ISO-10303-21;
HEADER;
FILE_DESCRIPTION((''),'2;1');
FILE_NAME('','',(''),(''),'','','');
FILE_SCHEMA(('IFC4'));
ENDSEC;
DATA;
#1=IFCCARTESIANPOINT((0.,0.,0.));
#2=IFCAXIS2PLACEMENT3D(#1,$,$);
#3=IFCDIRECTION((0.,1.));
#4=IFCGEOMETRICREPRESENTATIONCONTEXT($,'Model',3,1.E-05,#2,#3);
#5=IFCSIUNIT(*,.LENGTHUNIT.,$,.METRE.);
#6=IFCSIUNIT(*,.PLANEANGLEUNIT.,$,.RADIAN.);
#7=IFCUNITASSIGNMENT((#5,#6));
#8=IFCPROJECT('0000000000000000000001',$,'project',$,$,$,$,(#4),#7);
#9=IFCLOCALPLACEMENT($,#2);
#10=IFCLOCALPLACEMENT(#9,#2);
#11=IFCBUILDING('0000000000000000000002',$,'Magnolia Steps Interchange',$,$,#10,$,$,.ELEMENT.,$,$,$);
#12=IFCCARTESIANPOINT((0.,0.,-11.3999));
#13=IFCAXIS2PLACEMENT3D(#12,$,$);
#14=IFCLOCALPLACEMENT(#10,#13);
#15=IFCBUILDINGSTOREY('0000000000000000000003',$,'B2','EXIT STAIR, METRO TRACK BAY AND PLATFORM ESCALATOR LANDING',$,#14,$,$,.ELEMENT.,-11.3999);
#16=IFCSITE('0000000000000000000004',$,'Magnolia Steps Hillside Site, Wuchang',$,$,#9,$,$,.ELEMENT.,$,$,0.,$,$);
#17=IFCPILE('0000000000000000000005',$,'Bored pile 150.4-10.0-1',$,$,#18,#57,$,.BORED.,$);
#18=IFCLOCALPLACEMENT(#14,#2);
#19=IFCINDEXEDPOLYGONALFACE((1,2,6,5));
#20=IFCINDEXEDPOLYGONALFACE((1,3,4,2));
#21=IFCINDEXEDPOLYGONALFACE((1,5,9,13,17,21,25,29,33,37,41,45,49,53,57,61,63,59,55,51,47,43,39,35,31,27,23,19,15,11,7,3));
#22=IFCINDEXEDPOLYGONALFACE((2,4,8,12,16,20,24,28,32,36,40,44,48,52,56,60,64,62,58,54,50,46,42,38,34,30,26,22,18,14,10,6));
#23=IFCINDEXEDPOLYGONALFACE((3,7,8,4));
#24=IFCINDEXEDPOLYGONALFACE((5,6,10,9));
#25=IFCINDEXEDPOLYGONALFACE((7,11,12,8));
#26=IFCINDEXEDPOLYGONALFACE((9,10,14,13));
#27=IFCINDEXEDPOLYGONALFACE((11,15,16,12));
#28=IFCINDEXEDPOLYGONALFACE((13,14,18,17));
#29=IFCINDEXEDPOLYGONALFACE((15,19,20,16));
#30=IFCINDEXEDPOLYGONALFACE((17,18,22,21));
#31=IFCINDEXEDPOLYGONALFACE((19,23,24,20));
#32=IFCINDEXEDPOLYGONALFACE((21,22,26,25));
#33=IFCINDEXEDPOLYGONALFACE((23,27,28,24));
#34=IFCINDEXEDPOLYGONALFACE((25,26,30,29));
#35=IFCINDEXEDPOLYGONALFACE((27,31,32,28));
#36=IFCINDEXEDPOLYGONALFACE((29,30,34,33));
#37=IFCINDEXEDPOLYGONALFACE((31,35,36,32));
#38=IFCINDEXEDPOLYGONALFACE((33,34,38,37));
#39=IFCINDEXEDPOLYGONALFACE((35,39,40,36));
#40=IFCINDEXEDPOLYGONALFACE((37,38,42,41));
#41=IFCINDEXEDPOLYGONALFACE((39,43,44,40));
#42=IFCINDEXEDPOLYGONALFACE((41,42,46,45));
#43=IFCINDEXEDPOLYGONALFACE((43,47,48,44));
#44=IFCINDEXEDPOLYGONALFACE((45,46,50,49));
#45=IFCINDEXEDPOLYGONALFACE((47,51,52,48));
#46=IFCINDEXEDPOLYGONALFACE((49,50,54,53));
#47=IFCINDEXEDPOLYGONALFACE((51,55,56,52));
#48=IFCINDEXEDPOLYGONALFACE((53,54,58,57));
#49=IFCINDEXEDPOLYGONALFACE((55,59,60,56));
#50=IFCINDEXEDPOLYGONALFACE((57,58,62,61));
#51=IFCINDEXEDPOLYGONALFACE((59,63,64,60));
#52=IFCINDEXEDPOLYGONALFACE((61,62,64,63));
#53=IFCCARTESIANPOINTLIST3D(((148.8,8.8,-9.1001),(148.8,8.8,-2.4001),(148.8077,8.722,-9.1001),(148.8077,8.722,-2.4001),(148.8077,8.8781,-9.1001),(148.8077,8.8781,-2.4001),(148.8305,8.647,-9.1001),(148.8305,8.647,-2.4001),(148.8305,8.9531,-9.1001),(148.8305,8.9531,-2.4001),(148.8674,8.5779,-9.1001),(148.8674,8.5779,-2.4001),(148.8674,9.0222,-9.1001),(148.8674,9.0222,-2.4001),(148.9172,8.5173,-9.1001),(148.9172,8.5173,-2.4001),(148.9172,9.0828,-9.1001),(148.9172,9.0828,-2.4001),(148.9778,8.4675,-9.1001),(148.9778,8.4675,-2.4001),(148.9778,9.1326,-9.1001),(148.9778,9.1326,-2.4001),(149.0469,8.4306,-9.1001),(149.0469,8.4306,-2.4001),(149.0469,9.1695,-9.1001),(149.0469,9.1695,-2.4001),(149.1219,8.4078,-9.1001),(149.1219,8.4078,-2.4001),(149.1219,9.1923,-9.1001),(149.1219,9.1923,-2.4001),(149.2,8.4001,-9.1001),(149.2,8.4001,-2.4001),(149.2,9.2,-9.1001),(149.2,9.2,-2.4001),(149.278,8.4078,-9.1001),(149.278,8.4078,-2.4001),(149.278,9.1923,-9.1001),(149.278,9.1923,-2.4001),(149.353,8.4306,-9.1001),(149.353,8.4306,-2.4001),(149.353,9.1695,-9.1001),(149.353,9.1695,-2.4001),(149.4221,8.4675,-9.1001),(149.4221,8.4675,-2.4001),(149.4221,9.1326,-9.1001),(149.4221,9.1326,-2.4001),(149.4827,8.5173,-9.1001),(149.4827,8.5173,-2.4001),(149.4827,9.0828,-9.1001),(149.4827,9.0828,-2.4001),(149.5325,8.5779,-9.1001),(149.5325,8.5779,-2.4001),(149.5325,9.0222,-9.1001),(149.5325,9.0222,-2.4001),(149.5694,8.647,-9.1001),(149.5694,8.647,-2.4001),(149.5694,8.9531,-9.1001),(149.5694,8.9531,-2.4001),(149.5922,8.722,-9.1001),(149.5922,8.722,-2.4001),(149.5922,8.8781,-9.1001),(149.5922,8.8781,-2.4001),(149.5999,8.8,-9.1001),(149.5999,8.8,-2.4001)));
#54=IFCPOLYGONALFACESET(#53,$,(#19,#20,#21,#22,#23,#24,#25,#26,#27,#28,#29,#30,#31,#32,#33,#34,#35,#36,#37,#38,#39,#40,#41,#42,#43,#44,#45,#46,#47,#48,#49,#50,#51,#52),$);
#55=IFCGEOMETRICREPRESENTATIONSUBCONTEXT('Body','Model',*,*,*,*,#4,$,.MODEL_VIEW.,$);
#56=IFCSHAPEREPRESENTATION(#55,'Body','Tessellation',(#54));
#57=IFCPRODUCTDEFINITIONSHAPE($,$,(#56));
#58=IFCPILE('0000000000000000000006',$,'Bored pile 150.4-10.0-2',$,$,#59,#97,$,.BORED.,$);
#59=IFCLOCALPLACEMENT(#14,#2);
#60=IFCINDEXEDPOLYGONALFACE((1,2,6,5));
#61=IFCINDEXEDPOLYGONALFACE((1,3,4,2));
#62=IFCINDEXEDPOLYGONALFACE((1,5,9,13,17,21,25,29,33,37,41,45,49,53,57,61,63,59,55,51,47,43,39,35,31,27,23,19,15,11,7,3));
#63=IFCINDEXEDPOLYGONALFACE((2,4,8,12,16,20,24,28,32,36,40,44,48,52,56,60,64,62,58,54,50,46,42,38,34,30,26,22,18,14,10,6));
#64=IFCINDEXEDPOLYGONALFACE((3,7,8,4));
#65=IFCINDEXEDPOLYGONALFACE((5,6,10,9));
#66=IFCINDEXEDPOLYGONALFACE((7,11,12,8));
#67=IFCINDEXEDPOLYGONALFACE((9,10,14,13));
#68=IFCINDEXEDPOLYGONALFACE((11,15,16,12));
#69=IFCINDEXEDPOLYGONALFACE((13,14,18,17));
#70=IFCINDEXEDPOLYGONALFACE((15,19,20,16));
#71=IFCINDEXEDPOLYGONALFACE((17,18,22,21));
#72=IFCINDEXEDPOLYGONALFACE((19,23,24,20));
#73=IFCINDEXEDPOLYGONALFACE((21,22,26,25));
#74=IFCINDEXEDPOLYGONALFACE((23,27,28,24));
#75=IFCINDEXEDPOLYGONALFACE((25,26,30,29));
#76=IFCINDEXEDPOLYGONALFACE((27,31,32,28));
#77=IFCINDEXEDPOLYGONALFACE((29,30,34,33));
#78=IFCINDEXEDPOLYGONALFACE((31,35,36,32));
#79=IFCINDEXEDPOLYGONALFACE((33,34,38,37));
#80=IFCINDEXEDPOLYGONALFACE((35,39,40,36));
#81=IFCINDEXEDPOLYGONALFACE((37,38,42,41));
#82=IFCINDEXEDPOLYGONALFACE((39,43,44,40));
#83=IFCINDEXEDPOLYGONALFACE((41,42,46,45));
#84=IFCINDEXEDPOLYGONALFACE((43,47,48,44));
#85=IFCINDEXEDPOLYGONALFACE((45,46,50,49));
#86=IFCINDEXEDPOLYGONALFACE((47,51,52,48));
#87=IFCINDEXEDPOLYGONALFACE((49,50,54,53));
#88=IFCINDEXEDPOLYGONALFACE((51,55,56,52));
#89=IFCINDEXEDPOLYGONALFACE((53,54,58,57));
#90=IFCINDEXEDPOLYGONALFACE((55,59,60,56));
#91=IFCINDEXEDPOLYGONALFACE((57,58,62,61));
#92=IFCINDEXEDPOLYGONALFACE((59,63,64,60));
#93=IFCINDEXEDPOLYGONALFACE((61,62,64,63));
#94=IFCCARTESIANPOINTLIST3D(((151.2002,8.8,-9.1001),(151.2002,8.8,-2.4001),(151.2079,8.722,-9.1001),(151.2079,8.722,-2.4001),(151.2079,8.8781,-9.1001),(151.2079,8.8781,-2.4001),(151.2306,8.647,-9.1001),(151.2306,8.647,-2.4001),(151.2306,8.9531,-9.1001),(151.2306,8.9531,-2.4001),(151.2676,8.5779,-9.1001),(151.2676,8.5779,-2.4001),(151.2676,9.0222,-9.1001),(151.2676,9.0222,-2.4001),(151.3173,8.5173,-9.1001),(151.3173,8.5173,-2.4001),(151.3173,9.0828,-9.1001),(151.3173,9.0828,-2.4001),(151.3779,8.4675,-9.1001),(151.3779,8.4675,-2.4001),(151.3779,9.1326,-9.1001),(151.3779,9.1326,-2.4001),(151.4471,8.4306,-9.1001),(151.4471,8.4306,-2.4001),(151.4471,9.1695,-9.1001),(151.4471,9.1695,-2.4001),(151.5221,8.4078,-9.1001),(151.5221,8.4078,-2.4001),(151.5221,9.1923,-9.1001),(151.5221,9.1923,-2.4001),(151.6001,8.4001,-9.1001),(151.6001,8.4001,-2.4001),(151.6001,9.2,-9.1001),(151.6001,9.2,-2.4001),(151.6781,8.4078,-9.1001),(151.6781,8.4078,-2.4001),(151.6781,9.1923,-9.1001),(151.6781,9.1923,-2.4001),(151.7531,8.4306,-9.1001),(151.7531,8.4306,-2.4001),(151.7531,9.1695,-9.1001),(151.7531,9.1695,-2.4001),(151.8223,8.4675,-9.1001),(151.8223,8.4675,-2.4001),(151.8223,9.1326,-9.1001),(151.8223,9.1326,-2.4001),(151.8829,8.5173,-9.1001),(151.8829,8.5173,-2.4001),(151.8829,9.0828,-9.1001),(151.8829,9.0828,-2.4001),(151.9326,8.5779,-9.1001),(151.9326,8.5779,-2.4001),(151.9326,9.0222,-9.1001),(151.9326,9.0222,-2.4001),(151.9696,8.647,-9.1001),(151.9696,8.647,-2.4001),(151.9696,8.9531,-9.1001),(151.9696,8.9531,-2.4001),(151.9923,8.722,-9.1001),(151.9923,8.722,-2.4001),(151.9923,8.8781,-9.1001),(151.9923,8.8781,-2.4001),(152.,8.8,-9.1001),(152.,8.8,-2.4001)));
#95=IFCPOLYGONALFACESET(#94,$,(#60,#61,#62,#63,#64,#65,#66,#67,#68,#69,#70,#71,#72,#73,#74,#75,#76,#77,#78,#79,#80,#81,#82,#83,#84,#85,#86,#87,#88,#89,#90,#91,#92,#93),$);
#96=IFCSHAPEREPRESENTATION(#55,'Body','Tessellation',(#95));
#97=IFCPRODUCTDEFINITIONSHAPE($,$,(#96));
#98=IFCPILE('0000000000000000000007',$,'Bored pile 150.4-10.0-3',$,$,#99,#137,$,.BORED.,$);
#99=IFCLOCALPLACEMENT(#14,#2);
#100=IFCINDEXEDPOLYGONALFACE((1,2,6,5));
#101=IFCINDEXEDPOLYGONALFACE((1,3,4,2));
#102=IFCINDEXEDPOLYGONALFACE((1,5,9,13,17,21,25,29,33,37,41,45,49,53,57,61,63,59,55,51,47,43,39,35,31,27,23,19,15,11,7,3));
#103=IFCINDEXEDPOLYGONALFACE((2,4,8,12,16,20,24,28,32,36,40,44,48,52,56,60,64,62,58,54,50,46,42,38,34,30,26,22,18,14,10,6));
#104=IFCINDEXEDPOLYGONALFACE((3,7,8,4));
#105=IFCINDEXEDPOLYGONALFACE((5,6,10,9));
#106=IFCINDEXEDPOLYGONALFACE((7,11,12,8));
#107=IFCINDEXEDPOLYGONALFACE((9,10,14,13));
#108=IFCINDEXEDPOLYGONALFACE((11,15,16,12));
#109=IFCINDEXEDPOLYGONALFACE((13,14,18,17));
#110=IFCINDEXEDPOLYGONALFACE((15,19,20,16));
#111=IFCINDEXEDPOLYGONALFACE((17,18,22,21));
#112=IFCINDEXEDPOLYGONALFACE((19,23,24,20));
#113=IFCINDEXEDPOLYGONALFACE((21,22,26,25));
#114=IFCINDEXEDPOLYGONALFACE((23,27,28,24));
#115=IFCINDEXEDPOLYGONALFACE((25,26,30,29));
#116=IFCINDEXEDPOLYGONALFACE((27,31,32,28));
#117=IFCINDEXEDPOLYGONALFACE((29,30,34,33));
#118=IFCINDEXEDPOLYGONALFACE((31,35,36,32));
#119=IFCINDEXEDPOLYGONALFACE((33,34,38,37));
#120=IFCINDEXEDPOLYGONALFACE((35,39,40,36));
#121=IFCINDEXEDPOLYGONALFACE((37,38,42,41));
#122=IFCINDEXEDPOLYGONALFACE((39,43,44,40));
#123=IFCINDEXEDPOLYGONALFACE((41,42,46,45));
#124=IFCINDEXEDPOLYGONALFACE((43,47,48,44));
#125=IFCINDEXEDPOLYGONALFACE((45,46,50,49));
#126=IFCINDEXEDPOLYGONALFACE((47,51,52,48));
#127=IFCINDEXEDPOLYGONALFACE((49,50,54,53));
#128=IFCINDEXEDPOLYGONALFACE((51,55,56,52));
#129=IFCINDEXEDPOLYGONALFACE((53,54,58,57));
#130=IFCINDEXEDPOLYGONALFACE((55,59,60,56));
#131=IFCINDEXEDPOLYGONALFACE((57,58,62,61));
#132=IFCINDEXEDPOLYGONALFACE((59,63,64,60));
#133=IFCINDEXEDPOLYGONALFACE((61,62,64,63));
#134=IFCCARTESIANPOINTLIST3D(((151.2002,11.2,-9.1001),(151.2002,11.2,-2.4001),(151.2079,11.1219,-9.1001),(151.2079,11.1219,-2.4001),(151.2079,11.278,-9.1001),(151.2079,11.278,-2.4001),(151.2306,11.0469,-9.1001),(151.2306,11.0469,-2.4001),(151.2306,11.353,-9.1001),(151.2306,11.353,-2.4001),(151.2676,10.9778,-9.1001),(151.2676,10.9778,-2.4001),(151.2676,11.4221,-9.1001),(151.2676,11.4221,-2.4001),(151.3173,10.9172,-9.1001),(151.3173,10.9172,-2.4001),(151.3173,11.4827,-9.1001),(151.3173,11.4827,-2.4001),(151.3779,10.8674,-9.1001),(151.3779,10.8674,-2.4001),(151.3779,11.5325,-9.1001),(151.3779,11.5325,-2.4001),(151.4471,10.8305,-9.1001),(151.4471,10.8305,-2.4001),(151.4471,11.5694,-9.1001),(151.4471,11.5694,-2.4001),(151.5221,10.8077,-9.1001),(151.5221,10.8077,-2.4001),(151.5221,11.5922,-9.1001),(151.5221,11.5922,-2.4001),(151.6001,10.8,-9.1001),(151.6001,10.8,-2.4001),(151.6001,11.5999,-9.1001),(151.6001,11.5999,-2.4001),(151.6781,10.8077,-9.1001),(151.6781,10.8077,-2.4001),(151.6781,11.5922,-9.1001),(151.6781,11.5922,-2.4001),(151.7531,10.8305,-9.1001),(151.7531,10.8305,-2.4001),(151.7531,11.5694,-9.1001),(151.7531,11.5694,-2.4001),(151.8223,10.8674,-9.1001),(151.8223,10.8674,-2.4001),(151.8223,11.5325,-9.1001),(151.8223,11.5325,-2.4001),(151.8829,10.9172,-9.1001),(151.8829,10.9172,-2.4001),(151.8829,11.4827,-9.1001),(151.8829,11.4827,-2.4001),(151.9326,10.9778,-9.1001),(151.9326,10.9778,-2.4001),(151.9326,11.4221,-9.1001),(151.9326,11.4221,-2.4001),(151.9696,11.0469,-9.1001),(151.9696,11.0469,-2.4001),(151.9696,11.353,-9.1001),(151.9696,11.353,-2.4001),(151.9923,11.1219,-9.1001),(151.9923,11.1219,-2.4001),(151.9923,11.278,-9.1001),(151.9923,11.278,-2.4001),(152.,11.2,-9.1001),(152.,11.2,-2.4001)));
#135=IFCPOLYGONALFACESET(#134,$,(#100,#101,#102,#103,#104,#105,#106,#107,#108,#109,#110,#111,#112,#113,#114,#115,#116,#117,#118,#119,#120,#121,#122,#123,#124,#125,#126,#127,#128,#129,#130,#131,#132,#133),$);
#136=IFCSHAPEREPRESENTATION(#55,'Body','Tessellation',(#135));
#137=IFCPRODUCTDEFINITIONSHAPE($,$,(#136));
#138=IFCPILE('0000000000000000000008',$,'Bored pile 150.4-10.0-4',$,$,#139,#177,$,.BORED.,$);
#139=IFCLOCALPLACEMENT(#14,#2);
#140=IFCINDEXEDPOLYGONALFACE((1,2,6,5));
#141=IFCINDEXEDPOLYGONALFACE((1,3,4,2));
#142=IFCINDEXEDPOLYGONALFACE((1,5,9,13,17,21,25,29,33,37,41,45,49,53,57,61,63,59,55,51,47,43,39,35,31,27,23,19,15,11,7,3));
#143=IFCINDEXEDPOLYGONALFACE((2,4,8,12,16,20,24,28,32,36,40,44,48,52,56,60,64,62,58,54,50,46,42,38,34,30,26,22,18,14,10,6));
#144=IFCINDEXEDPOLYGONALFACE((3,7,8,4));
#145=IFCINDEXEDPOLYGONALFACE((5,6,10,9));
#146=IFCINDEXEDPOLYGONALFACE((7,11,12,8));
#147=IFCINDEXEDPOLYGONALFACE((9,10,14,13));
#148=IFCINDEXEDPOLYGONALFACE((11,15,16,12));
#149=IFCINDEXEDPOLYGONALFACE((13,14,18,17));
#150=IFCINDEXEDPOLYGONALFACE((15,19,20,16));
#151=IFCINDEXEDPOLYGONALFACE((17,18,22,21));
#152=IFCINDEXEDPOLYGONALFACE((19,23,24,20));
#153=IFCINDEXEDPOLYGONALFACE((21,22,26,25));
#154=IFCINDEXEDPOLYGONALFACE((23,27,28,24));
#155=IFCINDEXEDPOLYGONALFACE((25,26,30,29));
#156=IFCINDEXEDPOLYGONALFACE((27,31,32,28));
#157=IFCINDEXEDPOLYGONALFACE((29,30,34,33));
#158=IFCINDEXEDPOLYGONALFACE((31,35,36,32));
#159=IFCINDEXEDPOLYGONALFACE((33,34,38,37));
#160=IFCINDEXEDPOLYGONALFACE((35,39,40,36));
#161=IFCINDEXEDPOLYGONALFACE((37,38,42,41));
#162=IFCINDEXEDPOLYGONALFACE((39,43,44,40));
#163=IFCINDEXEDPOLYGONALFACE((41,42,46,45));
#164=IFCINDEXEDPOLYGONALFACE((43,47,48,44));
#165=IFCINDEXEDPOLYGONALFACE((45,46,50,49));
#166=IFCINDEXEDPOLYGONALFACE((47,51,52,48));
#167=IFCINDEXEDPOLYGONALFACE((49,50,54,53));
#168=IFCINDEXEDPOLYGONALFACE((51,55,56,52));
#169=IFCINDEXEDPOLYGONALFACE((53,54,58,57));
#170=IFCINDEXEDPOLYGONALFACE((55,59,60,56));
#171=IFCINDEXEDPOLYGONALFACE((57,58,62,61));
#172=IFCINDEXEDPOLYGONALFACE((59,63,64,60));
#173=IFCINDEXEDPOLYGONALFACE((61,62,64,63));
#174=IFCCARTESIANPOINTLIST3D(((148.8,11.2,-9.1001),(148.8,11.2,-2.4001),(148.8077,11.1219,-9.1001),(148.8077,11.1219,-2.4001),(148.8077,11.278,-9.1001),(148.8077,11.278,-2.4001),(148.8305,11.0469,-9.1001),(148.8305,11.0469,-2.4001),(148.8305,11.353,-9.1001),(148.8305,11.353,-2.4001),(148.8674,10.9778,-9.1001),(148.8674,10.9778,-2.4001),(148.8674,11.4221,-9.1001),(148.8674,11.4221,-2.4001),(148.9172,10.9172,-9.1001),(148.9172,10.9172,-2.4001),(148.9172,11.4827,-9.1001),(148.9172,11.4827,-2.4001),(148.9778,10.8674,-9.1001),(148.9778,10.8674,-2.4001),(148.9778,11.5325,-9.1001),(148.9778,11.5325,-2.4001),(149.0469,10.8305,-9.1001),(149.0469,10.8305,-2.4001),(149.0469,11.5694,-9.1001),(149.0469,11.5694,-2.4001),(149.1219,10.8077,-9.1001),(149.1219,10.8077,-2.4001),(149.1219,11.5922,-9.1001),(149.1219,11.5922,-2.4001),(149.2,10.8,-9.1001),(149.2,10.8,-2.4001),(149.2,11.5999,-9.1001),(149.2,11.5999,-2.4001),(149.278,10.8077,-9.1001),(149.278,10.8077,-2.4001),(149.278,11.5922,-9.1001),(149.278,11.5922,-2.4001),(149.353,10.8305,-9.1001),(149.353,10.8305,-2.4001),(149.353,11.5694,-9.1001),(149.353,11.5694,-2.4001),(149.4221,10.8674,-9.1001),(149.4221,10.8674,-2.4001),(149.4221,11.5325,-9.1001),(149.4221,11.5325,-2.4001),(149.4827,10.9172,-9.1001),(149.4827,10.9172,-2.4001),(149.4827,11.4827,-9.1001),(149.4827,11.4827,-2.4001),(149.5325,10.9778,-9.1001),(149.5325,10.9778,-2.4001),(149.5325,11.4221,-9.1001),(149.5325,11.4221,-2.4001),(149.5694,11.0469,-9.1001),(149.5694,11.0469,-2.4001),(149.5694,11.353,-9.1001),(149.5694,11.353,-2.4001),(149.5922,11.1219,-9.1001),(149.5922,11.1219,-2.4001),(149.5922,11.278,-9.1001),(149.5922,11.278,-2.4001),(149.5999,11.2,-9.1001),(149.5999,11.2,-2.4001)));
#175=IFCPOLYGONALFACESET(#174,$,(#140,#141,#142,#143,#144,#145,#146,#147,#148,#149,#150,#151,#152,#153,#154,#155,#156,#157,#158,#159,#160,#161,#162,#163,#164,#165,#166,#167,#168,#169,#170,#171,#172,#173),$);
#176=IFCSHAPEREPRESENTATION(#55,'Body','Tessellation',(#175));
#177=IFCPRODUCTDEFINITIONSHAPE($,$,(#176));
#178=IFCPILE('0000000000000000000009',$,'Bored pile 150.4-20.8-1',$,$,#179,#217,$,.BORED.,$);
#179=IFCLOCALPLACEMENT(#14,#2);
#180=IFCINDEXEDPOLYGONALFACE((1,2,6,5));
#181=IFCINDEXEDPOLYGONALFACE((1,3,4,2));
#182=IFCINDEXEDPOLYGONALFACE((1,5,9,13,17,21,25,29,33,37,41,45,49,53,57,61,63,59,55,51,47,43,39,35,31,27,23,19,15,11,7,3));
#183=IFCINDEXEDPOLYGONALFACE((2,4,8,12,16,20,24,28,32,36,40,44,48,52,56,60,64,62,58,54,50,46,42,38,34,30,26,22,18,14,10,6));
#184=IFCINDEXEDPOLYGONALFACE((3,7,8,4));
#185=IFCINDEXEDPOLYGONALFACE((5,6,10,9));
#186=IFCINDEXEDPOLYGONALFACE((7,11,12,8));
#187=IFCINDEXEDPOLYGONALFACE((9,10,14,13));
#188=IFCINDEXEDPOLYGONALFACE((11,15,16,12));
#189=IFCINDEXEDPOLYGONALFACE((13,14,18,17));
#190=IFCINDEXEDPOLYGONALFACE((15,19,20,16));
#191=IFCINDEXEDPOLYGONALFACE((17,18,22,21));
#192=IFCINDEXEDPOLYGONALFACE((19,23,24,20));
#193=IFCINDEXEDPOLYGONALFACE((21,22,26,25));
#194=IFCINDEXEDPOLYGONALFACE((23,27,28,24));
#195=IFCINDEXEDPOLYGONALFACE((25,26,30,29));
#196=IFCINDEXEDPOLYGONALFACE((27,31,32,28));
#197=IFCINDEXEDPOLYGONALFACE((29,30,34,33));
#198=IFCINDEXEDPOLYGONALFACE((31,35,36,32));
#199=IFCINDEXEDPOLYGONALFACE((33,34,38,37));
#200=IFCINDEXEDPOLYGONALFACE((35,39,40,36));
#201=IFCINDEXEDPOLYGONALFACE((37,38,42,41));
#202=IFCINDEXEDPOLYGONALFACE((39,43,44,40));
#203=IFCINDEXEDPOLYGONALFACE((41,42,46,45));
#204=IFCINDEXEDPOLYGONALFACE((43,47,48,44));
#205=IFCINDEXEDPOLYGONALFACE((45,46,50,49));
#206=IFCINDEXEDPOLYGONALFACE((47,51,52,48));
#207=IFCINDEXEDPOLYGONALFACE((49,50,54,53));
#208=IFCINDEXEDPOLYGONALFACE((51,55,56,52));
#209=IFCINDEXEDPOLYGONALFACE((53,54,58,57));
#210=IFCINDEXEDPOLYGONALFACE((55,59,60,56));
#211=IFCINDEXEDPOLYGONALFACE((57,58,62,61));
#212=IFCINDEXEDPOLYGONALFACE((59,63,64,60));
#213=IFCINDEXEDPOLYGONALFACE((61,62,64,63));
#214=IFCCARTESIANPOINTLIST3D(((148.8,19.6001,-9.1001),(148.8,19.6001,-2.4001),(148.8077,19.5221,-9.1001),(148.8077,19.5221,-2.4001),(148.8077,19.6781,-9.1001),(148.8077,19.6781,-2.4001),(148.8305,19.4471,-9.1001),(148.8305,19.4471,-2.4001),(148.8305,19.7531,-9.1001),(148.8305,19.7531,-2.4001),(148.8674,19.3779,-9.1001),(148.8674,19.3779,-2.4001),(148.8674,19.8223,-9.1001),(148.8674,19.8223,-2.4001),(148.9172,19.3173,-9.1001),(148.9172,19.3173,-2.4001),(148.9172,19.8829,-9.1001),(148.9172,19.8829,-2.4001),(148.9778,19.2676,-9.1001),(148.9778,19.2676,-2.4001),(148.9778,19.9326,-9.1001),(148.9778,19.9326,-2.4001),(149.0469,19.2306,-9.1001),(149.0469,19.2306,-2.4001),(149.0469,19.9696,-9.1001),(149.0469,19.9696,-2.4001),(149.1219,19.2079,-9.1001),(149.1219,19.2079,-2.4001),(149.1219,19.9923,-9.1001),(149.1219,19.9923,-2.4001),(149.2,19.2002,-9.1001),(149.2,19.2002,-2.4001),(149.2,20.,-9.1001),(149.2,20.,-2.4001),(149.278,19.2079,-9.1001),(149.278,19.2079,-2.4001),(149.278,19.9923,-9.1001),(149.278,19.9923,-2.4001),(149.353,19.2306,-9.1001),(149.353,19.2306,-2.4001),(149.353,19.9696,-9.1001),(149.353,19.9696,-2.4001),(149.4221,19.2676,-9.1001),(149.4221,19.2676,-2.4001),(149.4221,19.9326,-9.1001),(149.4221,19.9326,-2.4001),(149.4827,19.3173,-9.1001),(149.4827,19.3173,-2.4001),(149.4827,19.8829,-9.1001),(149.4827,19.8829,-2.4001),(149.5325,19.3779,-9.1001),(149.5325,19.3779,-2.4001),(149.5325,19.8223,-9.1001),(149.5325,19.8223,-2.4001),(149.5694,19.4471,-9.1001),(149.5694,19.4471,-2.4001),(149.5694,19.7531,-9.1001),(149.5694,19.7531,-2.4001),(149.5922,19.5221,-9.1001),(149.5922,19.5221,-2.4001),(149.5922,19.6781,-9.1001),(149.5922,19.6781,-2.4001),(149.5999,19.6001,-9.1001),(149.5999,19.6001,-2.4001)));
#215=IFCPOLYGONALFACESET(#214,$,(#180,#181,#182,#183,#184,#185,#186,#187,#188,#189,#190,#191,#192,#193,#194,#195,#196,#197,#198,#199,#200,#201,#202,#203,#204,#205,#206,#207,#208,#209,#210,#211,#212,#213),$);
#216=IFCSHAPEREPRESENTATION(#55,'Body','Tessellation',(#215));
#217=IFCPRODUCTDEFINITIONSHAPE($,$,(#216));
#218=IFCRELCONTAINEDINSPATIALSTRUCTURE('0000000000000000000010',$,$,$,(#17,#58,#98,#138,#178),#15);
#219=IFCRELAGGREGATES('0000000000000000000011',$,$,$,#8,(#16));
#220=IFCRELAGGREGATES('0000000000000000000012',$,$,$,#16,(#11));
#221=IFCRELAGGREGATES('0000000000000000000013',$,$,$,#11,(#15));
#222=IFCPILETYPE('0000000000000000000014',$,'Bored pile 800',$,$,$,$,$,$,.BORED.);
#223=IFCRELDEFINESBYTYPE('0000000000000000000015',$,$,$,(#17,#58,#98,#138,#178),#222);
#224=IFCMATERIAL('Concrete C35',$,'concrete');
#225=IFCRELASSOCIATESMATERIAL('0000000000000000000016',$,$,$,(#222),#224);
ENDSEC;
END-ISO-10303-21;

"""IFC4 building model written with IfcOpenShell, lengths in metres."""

from ifc_helpers import new_model, si_unit, direction, frame, origin, origin_2d, place, context, subcontext, project, spatial, circle, extrude, material, material_profile, profile_set, type_object, element, save


model = new_model("IFC4")

# Units and contexts
model_context = context("Model", 3, precision=1e-05, world=origin(), true_north=direction((0.0, 1.0)))
body_context = subcontext(model_context, "Body", "Model", "MODEL_VIEW")
ifc_project = project(units=[si_unit("LENGTHUNIT", "METRE"), si_unit("PLANEANGLEUNIT", "RADIAN")], contexts=[model_context])

# Site, building, storey
site_placement = place(None, origin())
site = spatial("IfcSite", under=ifc_project, at=site_placement, Name="Magnolia Steps Hillside Site, Wuchang", CompositionType="ELEMENT", RefElevation=0.0)
building_placement = place(site_placement, origin())
building = spatial("IfcBuilding", under=site, at=building_placement, Name="Magnolia Steps Interchange", CompositionType="ELEMENT")
storey_placement = place(building_placement, frame((0.0, 0.0, -11.3999)))
storey = spatial("IfcBuildingStorey", under=building, at=storey_placement, Name="B2", Description="EXIT STAIR, METRO TRACK BAY AND PLATFORM ESCALATOR LANDING", CompositionType="ELEMENT", Elevation=-11.3999)

# Piles
ifc_material_1 = material(Name="Concrete C35", Category="concrete")
ifc_material_profile_1 = material_profile(ifc_material_1, circle(Radius=0.3999, at=origin_2d()), Name="Bored pile 800")
ifc_profile_set_1 = profile_set([ifc_material_profile_1], Name="Concrete C35")
pile_type = type_object("IfcPileType", Name="Bored pile 800", PredefinedType="BORED", material=ifc_profile_set_1)
for number, where, z_axis, x_axis, name in (
    (1, (149.2, 8.8, -2.4001), (0.0, 0.0, -1.0), (1.0, 0.0, 0.0), "Bored pile 150.4-10.0-1"),
    (2, (151.6001, 8.8, -2.4001), (0.0, 0.0, -1.0), (1.0, 0.0, 0.0), "Bored pile 150.4-10.0-2"),
    (3, (151.6001, 11.2, -2.4001), (0.0, 0.0, -1.0), (1.0, 0.0, 0.0), "Bored pile 150.4-10.0-3"),
    (4, (149.2, 11.2, -2.4001), (0.0, 0.0, -1.0), (1.0, 0.0, 0.0), "Bored pile 150.4-10.0-4"),
    (5, (149.2, 19.6001, -2.4001), (0.0, 0.0, -1.0), (1.0, 0.0, 0.0), "Bored pile 150.4-20.8-1"),
):
    element("IfcPile", number, at=place(storey_placement, frame(where, z_axis=z_axis, x_axis=x_axis)), inside=storey, type_object=pile_type, Name=name, PredefinedType="BORED", context=body_context, shape_type="SweptSolid", body=[
        extrude(circle(Radius=0.3999, at=origin_2d()), origin(), (0.0, 0.0, 1.0), 6.7),
    ])

save(model, "model.ifc")
